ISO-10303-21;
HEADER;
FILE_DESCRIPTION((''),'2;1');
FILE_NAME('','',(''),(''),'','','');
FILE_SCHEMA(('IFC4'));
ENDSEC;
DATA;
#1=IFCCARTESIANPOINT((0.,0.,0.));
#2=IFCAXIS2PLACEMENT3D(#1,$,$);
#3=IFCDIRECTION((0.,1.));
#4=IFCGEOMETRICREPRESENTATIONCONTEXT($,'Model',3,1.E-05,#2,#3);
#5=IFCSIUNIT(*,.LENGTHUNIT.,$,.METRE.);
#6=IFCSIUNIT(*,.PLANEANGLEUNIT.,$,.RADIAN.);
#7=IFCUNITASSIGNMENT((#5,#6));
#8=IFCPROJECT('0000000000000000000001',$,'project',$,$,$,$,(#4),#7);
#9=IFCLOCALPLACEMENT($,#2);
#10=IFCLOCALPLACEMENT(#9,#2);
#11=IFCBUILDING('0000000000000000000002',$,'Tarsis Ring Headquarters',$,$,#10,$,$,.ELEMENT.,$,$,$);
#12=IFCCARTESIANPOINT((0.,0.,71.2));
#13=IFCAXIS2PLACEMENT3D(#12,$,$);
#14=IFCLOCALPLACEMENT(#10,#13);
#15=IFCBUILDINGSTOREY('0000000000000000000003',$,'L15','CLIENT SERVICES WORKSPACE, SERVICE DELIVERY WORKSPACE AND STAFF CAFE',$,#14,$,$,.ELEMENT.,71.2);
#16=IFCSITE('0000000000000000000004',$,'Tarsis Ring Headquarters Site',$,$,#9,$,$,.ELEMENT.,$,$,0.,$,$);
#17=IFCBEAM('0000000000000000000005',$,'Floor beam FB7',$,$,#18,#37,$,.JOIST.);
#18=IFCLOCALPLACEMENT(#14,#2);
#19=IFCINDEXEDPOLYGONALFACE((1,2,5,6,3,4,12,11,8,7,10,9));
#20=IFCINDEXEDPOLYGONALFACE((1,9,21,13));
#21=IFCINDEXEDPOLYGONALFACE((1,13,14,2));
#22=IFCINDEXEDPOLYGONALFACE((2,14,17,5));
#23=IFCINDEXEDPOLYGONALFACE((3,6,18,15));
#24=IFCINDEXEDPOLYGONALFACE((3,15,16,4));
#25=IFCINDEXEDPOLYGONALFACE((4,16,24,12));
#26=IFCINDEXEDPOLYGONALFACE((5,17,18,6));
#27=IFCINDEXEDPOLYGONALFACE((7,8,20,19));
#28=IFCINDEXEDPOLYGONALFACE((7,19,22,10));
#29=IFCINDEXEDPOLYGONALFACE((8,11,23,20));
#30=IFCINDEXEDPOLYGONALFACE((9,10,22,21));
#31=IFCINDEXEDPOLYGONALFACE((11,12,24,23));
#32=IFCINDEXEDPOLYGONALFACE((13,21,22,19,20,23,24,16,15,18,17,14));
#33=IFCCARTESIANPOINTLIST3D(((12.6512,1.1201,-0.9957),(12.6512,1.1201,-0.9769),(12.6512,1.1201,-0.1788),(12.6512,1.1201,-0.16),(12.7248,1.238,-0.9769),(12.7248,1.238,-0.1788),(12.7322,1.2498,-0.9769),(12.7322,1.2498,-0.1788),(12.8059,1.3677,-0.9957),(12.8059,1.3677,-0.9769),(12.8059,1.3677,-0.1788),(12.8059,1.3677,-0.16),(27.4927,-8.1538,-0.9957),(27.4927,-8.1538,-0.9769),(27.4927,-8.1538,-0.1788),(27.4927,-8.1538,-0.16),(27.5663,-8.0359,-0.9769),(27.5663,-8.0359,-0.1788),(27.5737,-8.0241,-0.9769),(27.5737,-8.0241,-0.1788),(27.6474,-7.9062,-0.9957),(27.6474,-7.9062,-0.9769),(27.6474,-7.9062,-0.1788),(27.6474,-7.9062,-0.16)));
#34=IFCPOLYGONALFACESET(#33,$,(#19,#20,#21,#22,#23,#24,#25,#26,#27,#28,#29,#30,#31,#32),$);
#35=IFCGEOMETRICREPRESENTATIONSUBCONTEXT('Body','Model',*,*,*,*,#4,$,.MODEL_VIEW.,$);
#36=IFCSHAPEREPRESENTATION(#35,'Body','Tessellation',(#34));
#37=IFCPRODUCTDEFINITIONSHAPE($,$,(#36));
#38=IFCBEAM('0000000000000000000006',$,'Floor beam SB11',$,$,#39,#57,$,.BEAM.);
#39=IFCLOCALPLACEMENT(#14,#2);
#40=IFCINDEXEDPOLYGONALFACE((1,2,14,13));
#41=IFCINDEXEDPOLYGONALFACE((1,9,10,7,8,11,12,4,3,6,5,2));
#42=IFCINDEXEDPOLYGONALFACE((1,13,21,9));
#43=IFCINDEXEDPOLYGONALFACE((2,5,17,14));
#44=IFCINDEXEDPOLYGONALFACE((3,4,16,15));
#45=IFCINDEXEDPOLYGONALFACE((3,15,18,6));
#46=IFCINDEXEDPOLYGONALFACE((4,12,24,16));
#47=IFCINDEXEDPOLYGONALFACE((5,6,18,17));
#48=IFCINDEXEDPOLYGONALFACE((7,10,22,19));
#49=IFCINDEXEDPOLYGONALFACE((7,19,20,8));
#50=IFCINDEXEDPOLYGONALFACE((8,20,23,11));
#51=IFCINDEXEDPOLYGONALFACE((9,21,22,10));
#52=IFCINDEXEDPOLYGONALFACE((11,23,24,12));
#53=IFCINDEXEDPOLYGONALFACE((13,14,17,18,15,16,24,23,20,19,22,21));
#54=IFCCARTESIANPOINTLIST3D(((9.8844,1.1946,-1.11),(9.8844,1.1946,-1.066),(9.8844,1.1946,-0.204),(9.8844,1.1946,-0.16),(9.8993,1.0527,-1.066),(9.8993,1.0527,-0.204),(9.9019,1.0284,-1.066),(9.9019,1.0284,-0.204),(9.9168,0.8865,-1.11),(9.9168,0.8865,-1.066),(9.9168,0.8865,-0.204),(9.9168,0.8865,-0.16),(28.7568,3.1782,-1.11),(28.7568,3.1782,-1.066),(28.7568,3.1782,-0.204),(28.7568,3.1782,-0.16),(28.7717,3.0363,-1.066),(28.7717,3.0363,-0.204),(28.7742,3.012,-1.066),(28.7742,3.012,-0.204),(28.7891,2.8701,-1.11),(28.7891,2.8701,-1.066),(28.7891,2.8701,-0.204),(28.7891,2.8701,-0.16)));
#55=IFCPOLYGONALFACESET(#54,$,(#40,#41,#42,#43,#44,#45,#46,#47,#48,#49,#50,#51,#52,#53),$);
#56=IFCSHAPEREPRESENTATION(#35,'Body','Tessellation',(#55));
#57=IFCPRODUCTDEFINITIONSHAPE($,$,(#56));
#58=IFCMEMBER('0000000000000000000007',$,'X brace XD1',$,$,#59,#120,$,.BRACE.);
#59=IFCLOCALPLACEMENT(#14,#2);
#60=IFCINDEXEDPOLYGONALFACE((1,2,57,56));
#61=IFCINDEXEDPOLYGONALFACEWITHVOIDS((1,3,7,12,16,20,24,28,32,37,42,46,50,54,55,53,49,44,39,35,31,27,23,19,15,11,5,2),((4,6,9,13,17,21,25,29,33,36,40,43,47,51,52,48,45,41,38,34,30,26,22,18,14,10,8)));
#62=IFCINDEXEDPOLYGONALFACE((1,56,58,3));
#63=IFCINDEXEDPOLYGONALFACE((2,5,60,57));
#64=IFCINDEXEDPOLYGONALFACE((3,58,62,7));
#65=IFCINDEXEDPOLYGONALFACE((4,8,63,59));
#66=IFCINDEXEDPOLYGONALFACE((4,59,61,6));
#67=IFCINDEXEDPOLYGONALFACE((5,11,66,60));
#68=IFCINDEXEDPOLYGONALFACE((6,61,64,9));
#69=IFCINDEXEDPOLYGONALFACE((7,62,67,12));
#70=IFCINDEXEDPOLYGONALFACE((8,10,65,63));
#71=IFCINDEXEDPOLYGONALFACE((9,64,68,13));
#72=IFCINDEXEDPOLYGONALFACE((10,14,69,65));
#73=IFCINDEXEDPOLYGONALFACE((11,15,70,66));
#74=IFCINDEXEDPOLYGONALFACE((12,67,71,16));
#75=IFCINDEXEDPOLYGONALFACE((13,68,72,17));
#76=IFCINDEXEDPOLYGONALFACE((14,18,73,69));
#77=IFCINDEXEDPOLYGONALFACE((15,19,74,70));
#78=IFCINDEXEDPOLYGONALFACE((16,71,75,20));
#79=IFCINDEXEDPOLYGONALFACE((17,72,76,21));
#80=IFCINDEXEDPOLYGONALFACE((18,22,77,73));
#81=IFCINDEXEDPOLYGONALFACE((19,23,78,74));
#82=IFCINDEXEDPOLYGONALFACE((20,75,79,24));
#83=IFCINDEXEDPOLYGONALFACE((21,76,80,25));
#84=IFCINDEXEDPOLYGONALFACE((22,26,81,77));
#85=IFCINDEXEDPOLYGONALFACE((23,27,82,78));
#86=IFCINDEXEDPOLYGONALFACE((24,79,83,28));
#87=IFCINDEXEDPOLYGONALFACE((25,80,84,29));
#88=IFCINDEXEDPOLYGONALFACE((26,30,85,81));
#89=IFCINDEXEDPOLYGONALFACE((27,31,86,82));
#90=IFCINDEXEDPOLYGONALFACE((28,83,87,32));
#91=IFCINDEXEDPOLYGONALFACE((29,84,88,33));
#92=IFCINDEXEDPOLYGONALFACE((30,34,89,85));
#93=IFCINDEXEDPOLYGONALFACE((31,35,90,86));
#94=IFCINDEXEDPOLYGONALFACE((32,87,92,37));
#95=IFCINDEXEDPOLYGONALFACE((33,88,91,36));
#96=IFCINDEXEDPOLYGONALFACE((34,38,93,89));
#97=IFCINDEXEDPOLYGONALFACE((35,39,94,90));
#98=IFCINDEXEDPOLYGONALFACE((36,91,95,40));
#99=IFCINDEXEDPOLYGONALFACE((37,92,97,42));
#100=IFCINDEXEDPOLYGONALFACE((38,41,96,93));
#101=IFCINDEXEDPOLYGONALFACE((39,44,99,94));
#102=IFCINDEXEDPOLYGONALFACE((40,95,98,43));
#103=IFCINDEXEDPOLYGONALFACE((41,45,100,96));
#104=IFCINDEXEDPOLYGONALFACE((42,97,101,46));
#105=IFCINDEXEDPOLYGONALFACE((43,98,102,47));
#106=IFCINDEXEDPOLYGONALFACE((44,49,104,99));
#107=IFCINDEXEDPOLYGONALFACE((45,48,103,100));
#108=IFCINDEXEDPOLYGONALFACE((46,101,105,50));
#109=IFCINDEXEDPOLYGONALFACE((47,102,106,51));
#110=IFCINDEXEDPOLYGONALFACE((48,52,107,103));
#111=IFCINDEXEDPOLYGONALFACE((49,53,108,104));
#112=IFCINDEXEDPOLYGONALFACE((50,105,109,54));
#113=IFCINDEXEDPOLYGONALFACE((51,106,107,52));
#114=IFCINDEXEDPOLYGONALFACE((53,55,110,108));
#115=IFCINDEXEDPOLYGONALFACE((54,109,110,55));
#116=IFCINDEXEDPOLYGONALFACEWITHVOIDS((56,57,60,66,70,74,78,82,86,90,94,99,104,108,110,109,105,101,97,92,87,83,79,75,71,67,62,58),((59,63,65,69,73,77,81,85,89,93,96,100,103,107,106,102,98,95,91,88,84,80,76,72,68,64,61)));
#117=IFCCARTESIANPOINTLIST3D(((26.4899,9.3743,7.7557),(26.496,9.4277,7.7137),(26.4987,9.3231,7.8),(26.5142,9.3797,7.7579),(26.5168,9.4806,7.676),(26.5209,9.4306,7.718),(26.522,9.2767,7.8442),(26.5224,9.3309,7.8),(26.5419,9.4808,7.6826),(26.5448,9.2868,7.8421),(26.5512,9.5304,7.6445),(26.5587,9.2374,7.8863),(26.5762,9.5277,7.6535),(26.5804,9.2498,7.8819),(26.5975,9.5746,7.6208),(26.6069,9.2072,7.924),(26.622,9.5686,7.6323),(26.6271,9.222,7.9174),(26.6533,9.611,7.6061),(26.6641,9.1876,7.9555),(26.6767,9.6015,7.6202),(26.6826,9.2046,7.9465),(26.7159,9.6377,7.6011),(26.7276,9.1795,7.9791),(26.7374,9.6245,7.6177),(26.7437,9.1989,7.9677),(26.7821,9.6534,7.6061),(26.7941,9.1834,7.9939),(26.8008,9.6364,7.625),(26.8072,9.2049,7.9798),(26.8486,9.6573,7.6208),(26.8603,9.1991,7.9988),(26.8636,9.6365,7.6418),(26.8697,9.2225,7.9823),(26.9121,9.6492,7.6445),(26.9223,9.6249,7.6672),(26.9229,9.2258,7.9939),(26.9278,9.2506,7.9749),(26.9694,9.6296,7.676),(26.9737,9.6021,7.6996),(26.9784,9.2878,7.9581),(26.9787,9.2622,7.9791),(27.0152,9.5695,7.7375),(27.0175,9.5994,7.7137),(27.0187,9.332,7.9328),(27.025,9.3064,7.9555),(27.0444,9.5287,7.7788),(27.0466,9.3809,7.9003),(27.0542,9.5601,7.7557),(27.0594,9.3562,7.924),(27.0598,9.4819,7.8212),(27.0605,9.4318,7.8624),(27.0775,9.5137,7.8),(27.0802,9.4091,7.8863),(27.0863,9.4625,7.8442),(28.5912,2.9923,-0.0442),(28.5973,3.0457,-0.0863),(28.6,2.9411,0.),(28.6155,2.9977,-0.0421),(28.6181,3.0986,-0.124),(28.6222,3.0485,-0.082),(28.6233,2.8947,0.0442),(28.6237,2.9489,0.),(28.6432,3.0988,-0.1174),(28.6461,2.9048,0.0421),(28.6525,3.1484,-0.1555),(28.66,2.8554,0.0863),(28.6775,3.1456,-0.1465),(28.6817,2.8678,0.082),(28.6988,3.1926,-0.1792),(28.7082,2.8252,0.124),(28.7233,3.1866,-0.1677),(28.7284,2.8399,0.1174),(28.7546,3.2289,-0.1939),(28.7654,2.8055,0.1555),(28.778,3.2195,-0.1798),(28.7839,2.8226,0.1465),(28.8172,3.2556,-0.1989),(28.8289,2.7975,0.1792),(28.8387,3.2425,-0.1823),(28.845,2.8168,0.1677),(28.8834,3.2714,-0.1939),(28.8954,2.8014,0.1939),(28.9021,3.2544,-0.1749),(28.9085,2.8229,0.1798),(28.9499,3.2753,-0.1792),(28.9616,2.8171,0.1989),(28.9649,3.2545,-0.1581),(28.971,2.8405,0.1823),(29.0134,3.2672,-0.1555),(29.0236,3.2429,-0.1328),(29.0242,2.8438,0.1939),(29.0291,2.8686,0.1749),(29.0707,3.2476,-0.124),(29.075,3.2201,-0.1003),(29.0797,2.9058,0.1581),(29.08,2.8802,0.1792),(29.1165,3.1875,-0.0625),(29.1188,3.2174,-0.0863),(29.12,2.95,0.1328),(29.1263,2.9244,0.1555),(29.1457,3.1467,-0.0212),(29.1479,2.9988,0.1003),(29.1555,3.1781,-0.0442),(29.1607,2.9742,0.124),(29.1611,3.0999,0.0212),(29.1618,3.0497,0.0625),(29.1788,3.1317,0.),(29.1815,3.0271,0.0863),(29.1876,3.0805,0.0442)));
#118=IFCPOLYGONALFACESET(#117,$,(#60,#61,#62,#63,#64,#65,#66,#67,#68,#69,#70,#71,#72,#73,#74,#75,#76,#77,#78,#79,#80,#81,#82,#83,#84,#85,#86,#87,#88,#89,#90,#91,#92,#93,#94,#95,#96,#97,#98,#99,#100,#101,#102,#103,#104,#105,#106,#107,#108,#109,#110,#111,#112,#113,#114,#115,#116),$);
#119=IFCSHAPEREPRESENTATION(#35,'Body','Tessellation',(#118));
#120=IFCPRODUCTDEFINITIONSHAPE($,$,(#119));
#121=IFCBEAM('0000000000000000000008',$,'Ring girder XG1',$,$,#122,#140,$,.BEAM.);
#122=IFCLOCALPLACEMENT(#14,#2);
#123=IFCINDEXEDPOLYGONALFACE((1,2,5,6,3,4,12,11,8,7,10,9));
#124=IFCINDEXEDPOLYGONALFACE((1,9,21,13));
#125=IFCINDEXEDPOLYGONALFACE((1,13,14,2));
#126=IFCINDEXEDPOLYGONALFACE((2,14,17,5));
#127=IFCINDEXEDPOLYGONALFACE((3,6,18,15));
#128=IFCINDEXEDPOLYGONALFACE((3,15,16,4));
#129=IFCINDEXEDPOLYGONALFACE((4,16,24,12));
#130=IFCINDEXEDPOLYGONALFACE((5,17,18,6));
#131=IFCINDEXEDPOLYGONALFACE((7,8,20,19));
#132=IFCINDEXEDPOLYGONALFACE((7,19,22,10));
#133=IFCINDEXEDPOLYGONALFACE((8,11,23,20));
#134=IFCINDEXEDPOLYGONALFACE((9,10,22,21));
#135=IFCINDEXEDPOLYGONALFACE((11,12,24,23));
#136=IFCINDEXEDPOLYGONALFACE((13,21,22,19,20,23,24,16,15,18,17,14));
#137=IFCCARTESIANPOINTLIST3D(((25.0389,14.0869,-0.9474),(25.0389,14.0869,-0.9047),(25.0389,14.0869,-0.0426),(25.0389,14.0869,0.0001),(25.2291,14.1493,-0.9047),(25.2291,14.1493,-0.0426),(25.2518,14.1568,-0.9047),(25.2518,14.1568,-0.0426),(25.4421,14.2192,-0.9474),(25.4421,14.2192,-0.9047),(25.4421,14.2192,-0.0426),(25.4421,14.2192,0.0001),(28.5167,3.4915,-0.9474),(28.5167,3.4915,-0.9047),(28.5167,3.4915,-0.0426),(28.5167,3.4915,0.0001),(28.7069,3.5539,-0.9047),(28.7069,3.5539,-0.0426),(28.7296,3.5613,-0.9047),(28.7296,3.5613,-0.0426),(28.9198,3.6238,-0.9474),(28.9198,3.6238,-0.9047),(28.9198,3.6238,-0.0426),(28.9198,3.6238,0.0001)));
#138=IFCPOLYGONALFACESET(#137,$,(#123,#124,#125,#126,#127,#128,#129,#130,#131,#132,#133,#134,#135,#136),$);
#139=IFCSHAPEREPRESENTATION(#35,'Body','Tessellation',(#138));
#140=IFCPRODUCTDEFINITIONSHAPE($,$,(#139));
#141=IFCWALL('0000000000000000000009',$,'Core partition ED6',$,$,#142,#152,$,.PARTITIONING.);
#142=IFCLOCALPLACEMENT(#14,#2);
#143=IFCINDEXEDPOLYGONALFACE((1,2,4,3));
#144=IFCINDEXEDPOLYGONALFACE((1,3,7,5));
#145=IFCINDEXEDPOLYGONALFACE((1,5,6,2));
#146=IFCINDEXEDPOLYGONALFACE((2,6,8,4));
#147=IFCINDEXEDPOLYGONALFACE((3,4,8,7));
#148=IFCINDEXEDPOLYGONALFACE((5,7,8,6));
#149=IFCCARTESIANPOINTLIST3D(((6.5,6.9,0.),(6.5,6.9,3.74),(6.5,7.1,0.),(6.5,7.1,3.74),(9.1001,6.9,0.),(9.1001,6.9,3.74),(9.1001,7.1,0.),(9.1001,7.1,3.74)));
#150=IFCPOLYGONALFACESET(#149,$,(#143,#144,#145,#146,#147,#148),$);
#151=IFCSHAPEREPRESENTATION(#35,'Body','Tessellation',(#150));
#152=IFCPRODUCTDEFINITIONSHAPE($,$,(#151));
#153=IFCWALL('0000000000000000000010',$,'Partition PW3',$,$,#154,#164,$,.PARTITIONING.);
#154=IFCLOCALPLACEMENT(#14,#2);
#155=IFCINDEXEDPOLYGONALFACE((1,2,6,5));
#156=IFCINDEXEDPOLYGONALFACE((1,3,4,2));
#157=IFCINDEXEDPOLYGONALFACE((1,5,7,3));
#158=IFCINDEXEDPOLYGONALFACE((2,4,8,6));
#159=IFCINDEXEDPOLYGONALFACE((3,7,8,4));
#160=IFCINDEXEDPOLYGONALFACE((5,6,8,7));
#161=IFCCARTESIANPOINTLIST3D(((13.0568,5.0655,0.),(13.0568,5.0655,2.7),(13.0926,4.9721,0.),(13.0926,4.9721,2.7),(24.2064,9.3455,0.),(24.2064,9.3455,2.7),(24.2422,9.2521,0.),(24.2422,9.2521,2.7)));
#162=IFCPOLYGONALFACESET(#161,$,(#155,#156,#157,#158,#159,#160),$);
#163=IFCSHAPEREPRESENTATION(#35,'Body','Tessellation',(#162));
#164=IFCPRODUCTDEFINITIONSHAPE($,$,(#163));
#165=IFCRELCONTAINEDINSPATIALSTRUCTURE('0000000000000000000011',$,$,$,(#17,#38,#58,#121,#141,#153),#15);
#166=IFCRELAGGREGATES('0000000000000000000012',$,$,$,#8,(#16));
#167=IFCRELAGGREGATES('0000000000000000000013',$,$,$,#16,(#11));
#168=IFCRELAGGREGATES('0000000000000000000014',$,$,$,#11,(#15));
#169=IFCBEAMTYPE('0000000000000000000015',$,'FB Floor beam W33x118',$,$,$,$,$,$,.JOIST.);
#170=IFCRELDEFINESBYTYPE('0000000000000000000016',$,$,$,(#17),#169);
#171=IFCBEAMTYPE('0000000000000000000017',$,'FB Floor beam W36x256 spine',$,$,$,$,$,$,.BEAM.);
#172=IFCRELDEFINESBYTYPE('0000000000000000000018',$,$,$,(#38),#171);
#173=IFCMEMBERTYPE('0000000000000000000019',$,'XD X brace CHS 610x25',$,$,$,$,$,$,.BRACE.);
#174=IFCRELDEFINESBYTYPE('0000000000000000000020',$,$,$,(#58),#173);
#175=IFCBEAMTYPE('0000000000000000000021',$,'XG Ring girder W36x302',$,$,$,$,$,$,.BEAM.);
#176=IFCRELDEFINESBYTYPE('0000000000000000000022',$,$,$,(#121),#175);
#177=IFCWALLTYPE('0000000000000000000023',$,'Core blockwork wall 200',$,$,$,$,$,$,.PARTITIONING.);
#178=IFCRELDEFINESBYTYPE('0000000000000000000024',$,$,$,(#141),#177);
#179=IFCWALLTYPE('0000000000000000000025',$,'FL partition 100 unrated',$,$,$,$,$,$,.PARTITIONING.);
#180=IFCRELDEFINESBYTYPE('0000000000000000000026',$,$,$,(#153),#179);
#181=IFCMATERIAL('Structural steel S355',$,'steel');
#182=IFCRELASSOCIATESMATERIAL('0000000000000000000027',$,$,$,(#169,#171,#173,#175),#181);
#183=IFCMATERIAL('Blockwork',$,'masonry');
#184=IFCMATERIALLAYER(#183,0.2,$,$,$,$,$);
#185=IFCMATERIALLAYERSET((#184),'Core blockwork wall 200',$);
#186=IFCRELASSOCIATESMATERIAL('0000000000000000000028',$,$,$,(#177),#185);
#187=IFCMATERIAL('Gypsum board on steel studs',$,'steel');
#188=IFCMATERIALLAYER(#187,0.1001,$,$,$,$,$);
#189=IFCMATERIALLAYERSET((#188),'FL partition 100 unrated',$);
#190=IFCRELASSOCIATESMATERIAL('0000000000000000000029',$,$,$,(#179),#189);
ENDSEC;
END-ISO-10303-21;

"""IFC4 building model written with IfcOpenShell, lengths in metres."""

from ifc_helpers import new_model, si_unit, direction, frame, frame_2d, origin, origin_2d, place, context, subcontext, project, spatial, rectangle, hollow_circle, i_section, extrude, material, layer, layer_set, material_profile, profile_set, type_object, element, save


model = new_model("IFC4")

# Units and contexts
model_context = context("Model", 3, precision=1e-05, world=origin(), true_north=direction((0.0, 1.0)))
body_context = subcontext(model_context, "Body", "Model", "MODEL_VIEW")
ifc_project = project(units=[si_unit("LENGTHUNIT", "METRE"), si_unit("PLANEANGLEUNIT", "RADIAN")], contexts=[model_context])

# Site, building, storey
site_placement = place(None, origin())
site = spatial("IfcSite", under=ifc_project, at=site_placement, Name="Tarsis Ring Headquarters Site", CompositionType="ELEMENT", RefElevation=0.0)
building_placement = place(site_placement, origin())
building = spatial("IfcBuilding", under=site, at=building_placement, Name="Tarsis Ring Headquarters", CompositionType="ELEMENT")
storey_placement = place(building_placement, frame((0.0, 0.0, 71.2)))
storey = spatial("IfcBuildingStorey", under=building, at=storey_placement, Name="L15", Description="CLIENT SERVICES WORKSPACE, SERVICE DELIVERY WORKSPACE AND STAFF CAFE", CompositionType="ELEMENT", Elevation=71.2)

# Beams
ifc_material_1 = material(Name="Structural steel S355", Category="steel")
ifc_material_profile_1 = material_profile(ifc_material_1, i_section(OverallWidth=0.292, OverallDepth=0.8357, WebThickness=0.0139, FlangeThickness=0.0188, at=origin_2d()), Name="W33x118")
ifc_profile_set_1 = profile_set([ifc_material_profile_1], Name="Structural steel S355")
beam_type_1 = type_object("IfcBeamType", Name="FB Floor beam W33x118", PredefinedType="JOIST", material=ifc_profile_set_1)
beam_1_placement = place(storey_placement, frame((12.7285, 1.2439, -0.5779), z_axis=(0.848051, -0.529915, 0.0), x_axis=(0.529915, 0.848051, 0.0)))
element("IfcBeam", 1, at=beam_1_placement, inside=storey, type_object=beam_type_1, Name="Floor beam FB7", PredefinedType="JOIST", context=body_context, shape_type="SweptSolid", body=[
    extrude(i_section(OverallWidth=0.292, OverallDepth=0.8357, WebThickness=0.0139, FlangeThickness=0.0188, at=origin_2d()), origin(), (0.0, 0.0, 1.0), 17.5007),
])
ifc_material_profile_2 = material_profile(ifc_material_1, i_section(OverallWidth=0.3098, OverallDepth=0.95, WebThickness=0.0244, FlangeThickness=0.0439, at=origin_2d()), Name="W36x256")
ifc_profile_set_2 = profile_set([ifc_material_profile_2], Name="Structural steel S355")
beam_type_2 = type_object("IfcBeamType", Name="FB Floor beam W36x256 spine", PredefinedType="BEAM", material=ifc_profile_set_2)
beam_2_placement = place(storey_placement, frame((28.7729, 3.0242, -0.635), z_axis=(-0.994521, -0.104533, 0.0), x_axis=(0.104533, -0.994521, 0.0)))
element("IfcBeam", 2, at=beam_2_placement, inside=storey, type_object=beam_type_2, Name="Floor beam SB11", PredefinedType="BEAM", context=body_context, shape_type="SweptSolid", body=[
    extrude(i_section(OverallWidth=0.3098, OverallDepth=0.95, WebThickness=0.0244, FlangeThickness=0.0439, at=origin_2d()), origin(), (0.0, 0.0, 1.0), 18.9763),
])

# Member
ifc_material_profile_3 = material_profile(ifc_material_1, hollow_circle(Radius=0.3047, WallThickness=0.0249, at=origin_2d()), Name="CHS 610x25")
ifc_profile_set_3 = profile_set([ifc_material_profile_3], Name="Structural steel S355")
member_type = type_object("IfcMemberType", Name="XD X brace CHS 610x25", PredefinedType="BRACE", material=ifc_profile_set_3)
member_placement = place(storey_placement, frame((28.8894, 3.0364, 0.0), z_axis=(-0.20411, 0.61992, 0.757653), x_axis=(-0.94984, -0.312737, 0.0)))
element("IfcMember", 3, at=member_placement, inside=storey, type_object=member_type, Name="X brace XD1", PredefinedType="BRACE", context=body_context, shape_type="SweptSolid", body=[
    extrude(hollow_circle(Radius=0.3047, WallThickness=0.0249, at=origin_2d()), origin(), (0.0, 0.0, 1.0), 10.2949),
])

# Beam
ifc_material_profile_4 = material_profile(ifc_material_1, i_section(OverallWidth=0.4243, OverallDepth=0.9475, WebThickness=0.0239, FlangeThickness=0.0427, at=origin_2d()), Name="W36x302")
ifc_profile_set_4 = profile_set([ifc_material_profile_4], Name="Structural steel S355")
beam_type_3 = type_object("IfcBeamType", Name="XG Ring girder W36x302", PredefinedType="BEAM", material=ifc_profile_set_4)
beam_3_placement = place(storey_placement, frame((28.7183, 3.5576, -0.4736), z_axis=(-0.311863, 0.950127, 0.0), x_axis=(-0.950127, -0.311863, 0.0)))
element("IfcBeam", 4, at=beam_3_placement, inside=storey, type_object=beam_type_3, Name="Ring girder XG1", PredefinedType="BEAM", context=body_context, shape_type="SweptSolid", body=[
    extrude(i_section(OverallWidth=0.4243, OverallDepth=0.9475, WebThickness=0.0239, FlangeThickness=0.0427, at=origin_2d()), origin(), (0.0, 0.0, 1.0), 11.1516),
])

# Walls
ifc_material_2 = material(Name="Blockwork", Category="masonry")
ifc_layer_1 = layer(ifc_material_2, 0.2)
ifc_layer_set_1 = layer_set([ifc_layer_1], Name="Core blockwork wall 200")
wall_type_1 = type_object("IfcWallType", Name="Core blockwork wall 200", PredefinedType="PARTITIONING", material=ifc_layer_set_1)
wall_1_placement = place(storey_placement, frame((6.5, 7.0, 0.0), z_axis=(0.0, 0.0, 1.0), x_axis=(1.0, 0.0, 0.0)))
element("IfcWall", 5, at=wall_1_placement, inside=storey, type_object=wall_type_1, Name="Core partition ED6", PredefinedType="PARTITIONING", context=body_context, shape_type="SweptSolid", body=[
    extrude(rectangle(XDim=2.6001, YDim=0.2, at=frame_2d((1.3, 0.0))), origin(), (0.0, 0.0, 1.0), 3.74),
])
ifc_material_3 = material(Name="Gypsum board on steel studs", Category="steel")
ifc_layer_2 = layer(ifc_material_3, 0.1001)
ifc_layer_set_2 = layer_set([ifc_layer_2], Name="FL partition 100 unrated")
wall_type_2 = type_object("IfcWallType", Name="FL partition 100 unrated", PredefinedType="PARTITIONING", material=ifc_layer_set_2)
wall_2_placement = place(storey_placement, frame((13.0747, 5.0188, 0.0), z_axis=(0.0, 0.0, 1.0), x_axis=(0.933578, 0.358374, 0.0)))
element("IfcWall", 6, at=wall_2_placement, inside=storey, type_object=wall_type_2, Name="Partition PW3", PredefinedType="PARTITIONING", context=body_context, shape_type="SweptSolid", body=[
    extrude(rectangle(XDim=11.9429, YDim=0.1001, at=frame_2d((5.9714, 0.0))), origin(), (0.0, 0.0, 1.0), 2.7),
])

save(model, "model.ifc")
